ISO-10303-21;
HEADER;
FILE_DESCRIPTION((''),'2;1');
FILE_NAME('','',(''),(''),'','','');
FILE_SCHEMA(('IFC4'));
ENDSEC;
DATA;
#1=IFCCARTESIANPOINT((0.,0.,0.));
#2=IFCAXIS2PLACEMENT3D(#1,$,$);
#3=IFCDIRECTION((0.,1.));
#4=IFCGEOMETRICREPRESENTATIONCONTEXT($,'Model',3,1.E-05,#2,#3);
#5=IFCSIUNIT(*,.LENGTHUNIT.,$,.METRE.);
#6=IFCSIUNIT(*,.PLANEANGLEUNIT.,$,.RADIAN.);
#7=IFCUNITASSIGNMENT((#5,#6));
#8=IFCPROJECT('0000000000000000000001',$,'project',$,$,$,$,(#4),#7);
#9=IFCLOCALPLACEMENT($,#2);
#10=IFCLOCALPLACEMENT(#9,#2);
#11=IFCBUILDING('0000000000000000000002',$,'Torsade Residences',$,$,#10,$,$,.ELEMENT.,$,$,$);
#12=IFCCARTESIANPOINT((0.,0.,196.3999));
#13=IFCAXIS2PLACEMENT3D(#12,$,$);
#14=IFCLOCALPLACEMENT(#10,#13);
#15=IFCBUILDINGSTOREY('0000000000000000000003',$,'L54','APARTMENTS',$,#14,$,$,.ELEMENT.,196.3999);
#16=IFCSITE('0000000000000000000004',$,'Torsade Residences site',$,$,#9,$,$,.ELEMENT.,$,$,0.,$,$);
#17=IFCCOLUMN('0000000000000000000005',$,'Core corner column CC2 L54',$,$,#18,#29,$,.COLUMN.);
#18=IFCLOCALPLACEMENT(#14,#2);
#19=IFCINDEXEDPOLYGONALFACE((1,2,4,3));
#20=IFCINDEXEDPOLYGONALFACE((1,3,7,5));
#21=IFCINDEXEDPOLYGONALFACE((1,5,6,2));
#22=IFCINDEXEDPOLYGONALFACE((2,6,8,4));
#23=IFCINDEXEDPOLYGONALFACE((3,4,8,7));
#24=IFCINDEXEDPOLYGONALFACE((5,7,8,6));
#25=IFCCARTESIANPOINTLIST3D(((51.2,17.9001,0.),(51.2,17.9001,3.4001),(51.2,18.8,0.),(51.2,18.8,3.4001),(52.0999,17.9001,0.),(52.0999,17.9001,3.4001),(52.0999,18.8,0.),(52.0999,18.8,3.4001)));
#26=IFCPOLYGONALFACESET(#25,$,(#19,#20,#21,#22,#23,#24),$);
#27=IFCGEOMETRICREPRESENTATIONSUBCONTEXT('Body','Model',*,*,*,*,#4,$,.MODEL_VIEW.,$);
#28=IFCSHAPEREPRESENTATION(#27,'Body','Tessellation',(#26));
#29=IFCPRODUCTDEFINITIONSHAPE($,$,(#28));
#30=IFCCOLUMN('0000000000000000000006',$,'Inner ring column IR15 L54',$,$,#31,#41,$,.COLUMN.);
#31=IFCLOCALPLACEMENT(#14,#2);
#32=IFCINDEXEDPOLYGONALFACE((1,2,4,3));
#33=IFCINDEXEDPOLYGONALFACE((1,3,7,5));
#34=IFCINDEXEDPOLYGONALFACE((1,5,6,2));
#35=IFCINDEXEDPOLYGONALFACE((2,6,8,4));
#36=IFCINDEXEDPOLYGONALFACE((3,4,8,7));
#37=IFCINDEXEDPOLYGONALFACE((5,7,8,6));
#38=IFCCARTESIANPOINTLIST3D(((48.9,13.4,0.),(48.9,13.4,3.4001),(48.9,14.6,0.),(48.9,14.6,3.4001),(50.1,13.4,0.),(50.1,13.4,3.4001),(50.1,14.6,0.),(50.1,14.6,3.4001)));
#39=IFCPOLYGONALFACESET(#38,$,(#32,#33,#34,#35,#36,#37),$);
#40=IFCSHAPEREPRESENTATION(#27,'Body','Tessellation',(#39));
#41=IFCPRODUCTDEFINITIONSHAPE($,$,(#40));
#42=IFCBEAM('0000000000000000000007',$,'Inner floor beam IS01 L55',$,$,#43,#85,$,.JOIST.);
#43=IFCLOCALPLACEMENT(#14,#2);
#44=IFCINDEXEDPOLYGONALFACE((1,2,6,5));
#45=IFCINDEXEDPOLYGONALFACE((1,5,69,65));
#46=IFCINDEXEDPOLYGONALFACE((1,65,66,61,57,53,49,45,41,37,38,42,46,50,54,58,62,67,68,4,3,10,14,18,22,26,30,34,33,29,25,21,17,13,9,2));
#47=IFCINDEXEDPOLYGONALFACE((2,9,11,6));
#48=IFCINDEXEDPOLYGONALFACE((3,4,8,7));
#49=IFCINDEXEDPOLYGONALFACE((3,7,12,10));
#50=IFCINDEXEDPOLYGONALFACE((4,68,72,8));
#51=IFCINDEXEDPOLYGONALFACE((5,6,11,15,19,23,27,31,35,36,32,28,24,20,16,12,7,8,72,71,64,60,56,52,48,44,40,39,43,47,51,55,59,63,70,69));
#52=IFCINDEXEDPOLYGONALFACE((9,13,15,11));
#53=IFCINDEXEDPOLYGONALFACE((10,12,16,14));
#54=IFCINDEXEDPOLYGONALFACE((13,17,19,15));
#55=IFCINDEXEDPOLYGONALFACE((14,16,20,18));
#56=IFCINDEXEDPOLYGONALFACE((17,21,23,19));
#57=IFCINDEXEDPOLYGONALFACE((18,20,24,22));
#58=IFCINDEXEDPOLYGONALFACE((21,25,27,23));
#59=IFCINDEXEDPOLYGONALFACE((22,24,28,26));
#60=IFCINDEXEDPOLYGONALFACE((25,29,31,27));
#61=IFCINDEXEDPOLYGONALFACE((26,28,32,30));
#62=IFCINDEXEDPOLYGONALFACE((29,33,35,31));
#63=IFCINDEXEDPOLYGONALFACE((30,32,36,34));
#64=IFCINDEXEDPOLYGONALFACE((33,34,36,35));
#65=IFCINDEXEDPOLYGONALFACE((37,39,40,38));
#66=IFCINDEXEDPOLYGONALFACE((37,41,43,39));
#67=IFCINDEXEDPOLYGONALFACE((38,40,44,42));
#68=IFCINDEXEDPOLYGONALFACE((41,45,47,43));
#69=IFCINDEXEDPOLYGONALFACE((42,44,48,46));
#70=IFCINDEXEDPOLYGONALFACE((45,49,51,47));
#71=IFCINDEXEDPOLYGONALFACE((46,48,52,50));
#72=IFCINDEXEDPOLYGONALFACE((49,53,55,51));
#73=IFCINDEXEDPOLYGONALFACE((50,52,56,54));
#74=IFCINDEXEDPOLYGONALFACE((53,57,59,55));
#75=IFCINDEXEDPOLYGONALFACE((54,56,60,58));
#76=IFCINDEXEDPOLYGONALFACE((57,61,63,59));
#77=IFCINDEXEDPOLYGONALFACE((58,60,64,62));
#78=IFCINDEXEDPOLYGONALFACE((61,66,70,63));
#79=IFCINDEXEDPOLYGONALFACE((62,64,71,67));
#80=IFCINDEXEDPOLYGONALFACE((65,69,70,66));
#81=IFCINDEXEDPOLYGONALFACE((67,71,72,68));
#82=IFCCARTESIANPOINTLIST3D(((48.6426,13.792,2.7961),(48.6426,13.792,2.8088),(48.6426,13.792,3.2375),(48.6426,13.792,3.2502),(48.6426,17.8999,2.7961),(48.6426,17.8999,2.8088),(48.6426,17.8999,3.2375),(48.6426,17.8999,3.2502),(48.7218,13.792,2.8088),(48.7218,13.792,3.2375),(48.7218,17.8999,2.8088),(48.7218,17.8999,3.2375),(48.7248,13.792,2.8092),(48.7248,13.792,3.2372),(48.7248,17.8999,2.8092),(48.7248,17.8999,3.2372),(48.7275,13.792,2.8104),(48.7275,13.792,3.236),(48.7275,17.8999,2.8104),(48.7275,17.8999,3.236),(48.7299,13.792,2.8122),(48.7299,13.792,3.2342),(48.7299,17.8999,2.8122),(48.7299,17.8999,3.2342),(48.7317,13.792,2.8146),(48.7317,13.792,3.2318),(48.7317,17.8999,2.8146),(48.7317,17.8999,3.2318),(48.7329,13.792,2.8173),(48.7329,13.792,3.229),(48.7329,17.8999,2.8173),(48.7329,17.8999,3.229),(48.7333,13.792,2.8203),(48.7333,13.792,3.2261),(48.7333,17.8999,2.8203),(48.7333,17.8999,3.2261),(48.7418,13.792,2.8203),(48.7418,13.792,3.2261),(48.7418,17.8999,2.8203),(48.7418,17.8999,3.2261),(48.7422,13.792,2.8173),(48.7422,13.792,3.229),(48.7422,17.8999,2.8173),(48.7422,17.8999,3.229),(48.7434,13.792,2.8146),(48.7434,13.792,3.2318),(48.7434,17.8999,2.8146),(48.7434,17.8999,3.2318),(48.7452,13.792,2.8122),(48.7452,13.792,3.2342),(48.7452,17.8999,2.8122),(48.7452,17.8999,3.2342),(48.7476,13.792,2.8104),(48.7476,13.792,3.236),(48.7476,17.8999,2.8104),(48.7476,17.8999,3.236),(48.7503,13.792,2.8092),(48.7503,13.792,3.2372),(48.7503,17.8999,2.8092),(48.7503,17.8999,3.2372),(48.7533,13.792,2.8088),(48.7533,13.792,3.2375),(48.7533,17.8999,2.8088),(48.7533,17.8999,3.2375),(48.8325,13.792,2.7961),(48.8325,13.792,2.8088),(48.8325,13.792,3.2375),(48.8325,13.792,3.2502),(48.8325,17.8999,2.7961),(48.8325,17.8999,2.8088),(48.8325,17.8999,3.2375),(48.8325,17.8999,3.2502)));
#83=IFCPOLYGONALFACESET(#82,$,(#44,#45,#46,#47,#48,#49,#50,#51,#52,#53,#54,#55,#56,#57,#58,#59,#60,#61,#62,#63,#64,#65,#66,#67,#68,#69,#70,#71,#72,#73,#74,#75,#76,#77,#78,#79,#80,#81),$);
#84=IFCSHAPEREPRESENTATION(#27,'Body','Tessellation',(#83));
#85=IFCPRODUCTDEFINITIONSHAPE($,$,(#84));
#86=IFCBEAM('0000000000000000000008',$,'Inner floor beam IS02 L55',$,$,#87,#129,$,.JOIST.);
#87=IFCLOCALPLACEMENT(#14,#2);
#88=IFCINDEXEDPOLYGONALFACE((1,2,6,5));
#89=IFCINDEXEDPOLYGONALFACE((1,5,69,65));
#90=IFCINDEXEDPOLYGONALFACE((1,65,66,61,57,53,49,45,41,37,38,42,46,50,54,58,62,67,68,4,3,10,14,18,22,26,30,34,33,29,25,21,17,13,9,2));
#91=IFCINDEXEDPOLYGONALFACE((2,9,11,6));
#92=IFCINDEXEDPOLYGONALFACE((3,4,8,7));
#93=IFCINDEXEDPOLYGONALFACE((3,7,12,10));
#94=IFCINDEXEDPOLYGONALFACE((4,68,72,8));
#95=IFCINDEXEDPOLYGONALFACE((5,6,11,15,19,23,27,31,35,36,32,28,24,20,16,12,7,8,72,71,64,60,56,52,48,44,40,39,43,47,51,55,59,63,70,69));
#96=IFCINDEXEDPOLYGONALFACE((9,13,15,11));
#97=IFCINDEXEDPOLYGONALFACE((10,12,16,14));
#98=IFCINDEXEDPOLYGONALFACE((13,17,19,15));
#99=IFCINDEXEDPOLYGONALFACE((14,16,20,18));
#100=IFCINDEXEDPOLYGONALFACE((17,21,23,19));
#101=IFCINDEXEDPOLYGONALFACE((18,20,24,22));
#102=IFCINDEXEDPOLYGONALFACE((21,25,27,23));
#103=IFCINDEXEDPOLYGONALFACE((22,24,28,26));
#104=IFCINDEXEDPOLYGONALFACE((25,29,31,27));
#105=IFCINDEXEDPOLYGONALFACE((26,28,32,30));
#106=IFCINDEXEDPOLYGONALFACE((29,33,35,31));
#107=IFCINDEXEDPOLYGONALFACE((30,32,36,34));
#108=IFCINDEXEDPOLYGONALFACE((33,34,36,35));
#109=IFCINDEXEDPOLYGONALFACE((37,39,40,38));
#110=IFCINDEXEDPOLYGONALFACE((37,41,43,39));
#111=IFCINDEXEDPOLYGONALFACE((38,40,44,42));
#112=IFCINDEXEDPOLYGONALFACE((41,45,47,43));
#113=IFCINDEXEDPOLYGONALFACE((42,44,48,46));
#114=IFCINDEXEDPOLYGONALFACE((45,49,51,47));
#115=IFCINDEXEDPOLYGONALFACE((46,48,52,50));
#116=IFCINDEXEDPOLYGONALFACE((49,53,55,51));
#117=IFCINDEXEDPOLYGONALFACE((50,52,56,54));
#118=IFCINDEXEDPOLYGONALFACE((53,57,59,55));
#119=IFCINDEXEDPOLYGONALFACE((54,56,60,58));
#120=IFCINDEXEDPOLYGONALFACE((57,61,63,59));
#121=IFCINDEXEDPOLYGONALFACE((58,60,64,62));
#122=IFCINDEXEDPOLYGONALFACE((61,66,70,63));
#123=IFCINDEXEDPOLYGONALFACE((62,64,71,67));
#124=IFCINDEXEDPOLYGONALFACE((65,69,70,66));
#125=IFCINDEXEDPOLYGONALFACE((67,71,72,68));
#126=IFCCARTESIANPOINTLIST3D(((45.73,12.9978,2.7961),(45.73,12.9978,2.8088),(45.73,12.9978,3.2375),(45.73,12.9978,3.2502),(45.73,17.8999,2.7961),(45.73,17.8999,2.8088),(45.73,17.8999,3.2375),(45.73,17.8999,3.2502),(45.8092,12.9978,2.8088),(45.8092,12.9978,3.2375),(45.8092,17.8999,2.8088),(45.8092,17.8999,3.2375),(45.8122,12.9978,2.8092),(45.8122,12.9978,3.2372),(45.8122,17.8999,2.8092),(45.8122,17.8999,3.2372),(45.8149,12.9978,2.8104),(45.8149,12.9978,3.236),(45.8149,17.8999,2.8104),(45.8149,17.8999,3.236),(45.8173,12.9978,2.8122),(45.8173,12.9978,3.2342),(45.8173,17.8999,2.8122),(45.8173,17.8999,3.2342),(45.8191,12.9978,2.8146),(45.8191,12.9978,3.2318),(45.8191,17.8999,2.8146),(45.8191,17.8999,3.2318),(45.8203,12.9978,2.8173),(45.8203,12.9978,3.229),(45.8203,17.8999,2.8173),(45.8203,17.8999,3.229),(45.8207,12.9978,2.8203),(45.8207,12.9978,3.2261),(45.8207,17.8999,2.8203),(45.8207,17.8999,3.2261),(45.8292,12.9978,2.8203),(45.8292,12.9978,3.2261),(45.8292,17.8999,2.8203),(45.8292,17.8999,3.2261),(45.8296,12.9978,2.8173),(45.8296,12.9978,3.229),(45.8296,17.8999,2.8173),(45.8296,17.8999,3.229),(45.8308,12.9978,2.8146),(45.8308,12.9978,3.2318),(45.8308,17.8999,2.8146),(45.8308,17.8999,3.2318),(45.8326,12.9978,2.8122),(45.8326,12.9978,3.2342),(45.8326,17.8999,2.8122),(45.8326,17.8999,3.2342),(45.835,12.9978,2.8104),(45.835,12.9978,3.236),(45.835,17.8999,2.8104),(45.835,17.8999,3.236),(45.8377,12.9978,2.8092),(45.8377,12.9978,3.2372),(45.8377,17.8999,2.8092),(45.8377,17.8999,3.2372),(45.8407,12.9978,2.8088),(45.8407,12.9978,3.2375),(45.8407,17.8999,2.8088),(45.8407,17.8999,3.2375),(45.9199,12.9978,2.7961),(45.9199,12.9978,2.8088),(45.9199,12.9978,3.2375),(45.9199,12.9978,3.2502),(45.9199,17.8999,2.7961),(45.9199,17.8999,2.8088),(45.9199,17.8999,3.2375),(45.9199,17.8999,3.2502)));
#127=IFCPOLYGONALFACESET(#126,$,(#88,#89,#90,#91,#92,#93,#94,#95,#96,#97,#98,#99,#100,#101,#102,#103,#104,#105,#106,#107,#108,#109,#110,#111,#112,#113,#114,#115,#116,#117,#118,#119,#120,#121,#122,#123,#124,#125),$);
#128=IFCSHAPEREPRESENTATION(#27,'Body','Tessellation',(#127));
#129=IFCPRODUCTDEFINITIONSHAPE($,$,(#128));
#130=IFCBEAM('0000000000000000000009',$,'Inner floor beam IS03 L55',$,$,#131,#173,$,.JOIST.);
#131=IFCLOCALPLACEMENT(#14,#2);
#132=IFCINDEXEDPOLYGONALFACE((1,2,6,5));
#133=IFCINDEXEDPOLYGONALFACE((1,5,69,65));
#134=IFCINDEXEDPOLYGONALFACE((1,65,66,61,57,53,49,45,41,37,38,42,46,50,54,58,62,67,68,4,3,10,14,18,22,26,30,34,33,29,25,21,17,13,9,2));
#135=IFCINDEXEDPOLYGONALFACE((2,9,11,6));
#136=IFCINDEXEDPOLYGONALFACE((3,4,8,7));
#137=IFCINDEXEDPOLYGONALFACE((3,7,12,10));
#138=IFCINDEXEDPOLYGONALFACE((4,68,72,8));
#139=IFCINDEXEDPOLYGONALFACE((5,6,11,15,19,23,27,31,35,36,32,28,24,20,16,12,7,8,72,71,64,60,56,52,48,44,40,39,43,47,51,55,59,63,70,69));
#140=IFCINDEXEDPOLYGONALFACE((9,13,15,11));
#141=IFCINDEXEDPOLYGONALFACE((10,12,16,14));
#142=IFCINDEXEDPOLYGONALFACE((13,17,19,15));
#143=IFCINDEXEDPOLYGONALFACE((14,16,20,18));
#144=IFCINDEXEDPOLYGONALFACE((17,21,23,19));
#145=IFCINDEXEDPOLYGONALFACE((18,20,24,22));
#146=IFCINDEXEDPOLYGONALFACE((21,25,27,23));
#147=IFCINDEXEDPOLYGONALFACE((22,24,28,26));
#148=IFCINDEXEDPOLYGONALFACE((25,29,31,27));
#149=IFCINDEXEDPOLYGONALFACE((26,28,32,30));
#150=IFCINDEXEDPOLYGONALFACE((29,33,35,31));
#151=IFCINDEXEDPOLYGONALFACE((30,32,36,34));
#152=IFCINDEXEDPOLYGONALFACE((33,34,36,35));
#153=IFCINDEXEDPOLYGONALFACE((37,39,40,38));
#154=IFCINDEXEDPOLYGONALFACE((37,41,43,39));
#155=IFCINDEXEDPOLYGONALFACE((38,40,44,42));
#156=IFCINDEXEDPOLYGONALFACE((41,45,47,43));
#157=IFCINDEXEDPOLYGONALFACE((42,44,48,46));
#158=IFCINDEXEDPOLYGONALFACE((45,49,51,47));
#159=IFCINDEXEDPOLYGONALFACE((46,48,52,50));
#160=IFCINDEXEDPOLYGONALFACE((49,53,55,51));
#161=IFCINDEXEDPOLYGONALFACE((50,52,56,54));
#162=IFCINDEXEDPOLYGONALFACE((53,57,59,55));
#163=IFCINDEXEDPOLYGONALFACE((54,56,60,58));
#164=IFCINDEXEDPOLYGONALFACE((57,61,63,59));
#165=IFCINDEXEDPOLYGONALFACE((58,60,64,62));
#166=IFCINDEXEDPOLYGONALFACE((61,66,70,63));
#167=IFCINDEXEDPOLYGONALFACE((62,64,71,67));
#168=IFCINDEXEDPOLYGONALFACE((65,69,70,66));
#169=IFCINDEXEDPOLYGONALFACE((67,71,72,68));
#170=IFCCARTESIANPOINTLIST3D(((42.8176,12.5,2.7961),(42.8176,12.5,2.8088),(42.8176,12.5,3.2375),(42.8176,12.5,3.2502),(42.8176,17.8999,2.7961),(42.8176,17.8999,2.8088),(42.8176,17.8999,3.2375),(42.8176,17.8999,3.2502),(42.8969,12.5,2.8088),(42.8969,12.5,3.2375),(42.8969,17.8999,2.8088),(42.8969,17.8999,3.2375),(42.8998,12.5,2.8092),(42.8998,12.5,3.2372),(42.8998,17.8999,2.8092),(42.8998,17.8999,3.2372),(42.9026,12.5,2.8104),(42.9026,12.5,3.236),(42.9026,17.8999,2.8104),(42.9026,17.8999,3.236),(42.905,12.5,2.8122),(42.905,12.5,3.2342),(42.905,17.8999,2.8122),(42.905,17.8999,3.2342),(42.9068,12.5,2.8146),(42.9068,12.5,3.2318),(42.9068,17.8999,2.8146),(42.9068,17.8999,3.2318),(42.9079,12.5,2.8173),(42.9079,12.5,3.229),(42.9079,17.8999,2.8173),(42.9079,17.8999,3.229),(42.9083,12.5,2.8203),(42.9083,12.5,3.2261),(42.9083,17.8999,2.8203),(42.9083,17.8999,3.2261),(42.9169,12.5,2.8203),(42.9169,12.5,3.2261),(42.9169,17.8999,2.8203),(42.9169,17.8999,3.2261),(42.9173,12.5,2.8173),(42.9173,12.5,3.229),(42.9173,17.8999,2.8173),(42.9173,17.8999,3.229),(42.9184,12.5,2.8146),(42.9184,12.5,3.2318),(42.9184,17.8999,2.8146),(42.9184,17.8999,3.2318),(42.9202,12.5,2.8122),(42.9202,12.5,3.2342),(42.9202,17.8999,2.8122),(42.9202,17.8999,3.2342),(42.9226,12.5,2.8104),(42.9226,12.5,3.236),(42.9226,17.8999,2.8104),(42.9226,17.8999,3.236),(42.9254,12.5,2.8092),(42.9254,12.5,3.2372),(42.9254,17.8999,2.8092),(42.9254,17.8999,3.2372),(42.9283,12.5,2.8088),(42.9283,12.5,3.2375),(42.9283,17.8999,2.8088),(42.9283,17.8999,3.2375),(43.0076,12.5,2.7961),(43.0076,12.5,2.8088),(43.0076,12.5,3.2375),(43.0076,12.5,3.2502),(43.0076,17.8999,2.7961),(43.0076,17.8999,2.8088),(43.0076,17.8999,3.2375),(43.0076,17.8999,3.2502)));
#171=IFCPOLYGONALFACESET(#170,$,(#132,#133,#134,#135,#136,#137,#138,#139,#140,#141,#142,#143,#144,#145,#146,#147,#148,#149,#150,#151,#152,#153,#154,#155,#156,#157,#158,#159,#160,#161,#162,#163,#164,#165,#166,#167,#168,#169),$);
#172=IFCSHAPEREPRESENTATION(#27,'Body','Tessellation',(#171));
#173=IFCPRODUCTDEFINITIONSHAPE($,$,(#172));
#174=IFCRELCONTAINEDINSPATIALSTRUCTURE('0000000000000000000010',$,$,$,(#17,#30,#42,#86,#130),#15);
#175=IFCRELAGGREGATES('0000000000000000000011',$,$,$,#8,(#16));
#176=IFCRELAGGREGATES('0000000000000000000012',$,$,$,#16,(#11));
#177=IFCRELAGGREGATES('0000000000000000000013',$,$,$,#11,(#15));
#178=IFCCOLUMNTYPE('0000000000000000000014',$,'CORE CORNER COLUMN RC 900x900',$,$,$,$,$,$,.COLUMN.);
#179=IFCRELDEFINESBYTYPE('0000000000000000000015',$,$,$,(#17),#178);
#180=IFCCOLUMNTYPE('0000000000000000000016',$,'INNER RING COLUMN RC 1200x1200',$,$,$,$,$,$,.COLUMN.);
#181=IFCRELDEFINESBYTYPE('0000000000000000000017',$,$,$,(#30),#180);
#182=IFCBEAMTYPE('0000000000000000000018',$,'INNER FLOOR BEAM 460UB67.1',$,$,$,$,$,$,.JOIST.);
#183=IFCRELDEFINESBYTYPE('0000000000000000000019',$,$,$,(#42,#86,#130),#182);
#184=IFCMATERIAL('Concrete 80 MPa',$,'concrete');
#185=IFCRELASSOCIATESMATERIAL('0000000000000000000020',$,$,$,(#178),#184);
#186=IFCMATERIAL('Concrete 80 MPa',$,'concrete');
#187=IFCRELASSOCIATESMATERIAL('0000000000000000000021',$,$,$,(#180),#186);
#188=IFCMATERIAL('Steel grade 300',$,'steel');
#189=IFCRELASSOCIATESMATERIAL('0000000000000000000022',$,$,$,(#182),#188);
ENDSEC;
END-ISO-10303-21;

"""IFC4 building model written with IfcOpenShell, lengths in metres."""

from ifc_helpers import new_model, si_unit, direction, frame, origin, origin_2d, place, context, subcontext, project, spatial, rectangle, i_section, extrude, material, material_profile, profile_set, type_object, element, save


model = new_model("IFC4")

# Units and contexts
model_context = context("Model", 3, precision=1e-05, world=origin(), true_north=direction((0.0, 1.0)))
body_context = subcontext(model_context, "Body", "Model", "MODEL_VIEW")
ifc_project = project(units=[si_unit("LENGTHUNIT", "METRE"), si_unit("PLANEANGLEUNIT", "RADIAN")], contexts=[model_context])

# Site, building, storey
site_placement = place(None, origin())
site = spatial("IfcSite", under=ifc_project, at=site_placement, Name="Torsade Residences site", CompositionType="ELEMENT", RefElevation=0.0)
building_placement = place(site_placement, origin())
building = spatial("IfcBuilding", under=site, at=building_placement, Name="Torsade Residences", CompositionType="ELEMENT")
storey_placement = place(building_placement, frame((0.0, 0.0, 196.3999)))
storey = spatial("IfcBuildingStorey", under=building, at=storey_placement, Name="L54", Description="APARTMENTS", CompositionType="ELEMENT", Elevation=196.3999)

# Columns
ifc_material_1 = material(Name="Concrete 80 MPa", Category="concrete")
ifc_material_profile_1 = material_profile(ifc_material_1, rectangle(XDim=0.8999, YDim=0.8999, at=origin_2d()), Name="RC 900x900")
ifc_profile_set_1 = profile_set([ifc_material_profile_1], Name="Concrete 80 MPa")
column_type_1 = type_object("IfcColumnType", Name="CORE CORNER COLUMN RC 900x900", PredefinedType="COLUMN", material=ifc_profile_set_1)
column_1_placement = place(storey_placement, frame((51.6499, 18.3501, 0.0), z_axis=(0.0, 0.0, 1.0), x_axis=(1.0, 0.0, 0.0)))
element("IfcColumn", 1, at=column_1_placement, inside=storey, type_object=column_type_1, Name="Core corner column CC2 L54", PredefinedType="COLUMN", context=body_context, shape_type="SweptSolid", body=[
    extrude(rectangle(XDim=0.8999, YDim=0.8999, at=origin_2d()), origin(), (0.0, 0.0, 1.0), 3.4001),
])
ifc_material_2 = material(Name="Concrete 80 MPa", Category="concrete")
ifc_material_profile_2 = material_profile(ifc_material_2, rectangle(XDim=1.2, YDim=1.2, at=origin_2d()), Name="RC 1200x1200")
ifc_profile_set_2 = profile_set([ifc_material_profile_2], Name="Concrete 80 MPa")
column_type_2 = type_object("IfcColumnType", Name="INNER RING COLUMN RC 1200x1200", PredefinedType="COLUMN", material=ifc_profile_set_2)
column_2_placement = place(storey_placement, frame((49.5, 14.0, 0.0), z_axis=(0.0, 0.0, 1.0), x_axis=(1.0, 0.0, 0.0)))
element("IfcColumn", 2, at=column_2_placement, inside=storey, type_object=column_type_2, Name="Inner ring column IR15 L54", PredefinedType="COLUMN", context=body_context, shape_type="SweptSolid", body=[
    extrude(rectangle(XDim=1.2, YDim=1.2, at=origin_2d()), origin(), (0.0, 0.0, 1.0), 3.4001),
])

# Beams
ifc_material_3 = material(Name="Steel grade 300", Category="steel")
ifc_material_profile_3 = material_profile(ifc_material_3, i_section(OverallWidth=0.1899, OverallDepth=0.4541, WebThickness=0.0085, FlangeThickness=0.0127, FilletRadius=0.0115, at=origin_2d()), Name="460UB67.1")
ifc_profile_set_3 = profile_set([ifc_material_profile_3], Name="Steel grade 300")
beam_type_1 = type_object("IfcBeamType", Name="INNER FLOOR BEAM 460UB67.1", PredefinedType="JOIST", material=ifc_profile_set_3)
beam_1_placement = place(storey_placement, frame((48.7375, 17.8999, 3.0232), z_axis=(0.0, -1.0, 0.0), x_axis=(1.0, 0.0, 0.0)))
element("IfcBeam", 3, at=beam_1_placement, inside=storey, type_object=beam_type_1, Name="Inner floor beam IS01 L55", PredefinedType="JOIST", context=body_context, shape_type="SweptSolid", body=[
    extrude(i_section(OverallWidth=0.1899, OverallDepth=0.4541, WebThickness=0.0085, FlangeThickness=0.0127, FilletRadius=0.0115, at=origin_2d()), origin(), (0.0, 0.0, 1.0), 4.1079),
])
beam_2_placement = place(storey_placement, frame((45.825, 17.8999, 3.0232), z_axis=(0.0, -1.0, 0.0), x_axis=(1.0, 0.0, 0.0)))
element("IfcBeam", 4, at=beam_2_placement, inside=storey, type_object=beam_type_1, Name="Inner floor beam IS02 L55", PredefinedType="JOIST", context=body_context, shape_type="SweptSolid", body=[
    extrude(i_section(OverallWidth=0.1899, OverallDepth=0.4541, WebThickness=0.0085, FlangeThickness=0.0127, FilletRadius=0.0115, at=origin_2d()), origin(), (0.0, 0.0, 1.0), 4.9021),
])
for number, where, z_axis, x_axis, name in (
    (5, (42.9126, 17.8999, 3.0232), (0.0, -1.0, 0.0), (1.0, 0.0, 0.0), "Inner floor beam IS03 L55"),
):
    element("IfcBeam", number, at=place(storey_placement, frame(where, z_axis=z_axis, x_axis=x_axis)), inside=storey, type_object=beam_type_1, Name=name, PredefinedType="JOIST", context=body_context, shape_type="SweptSolid", body=[
        extrude(i_section(OverallWidth=0.1899, OverallDepth=0.4541, WebThickness=0.0085, FlangeThickness=0.0127, FilletRadius=0.0115, at=origin_2d()), origin(), (0.0, 0.0, 1.0), 5.3999),
    ])

save(model, "model.ifc")
